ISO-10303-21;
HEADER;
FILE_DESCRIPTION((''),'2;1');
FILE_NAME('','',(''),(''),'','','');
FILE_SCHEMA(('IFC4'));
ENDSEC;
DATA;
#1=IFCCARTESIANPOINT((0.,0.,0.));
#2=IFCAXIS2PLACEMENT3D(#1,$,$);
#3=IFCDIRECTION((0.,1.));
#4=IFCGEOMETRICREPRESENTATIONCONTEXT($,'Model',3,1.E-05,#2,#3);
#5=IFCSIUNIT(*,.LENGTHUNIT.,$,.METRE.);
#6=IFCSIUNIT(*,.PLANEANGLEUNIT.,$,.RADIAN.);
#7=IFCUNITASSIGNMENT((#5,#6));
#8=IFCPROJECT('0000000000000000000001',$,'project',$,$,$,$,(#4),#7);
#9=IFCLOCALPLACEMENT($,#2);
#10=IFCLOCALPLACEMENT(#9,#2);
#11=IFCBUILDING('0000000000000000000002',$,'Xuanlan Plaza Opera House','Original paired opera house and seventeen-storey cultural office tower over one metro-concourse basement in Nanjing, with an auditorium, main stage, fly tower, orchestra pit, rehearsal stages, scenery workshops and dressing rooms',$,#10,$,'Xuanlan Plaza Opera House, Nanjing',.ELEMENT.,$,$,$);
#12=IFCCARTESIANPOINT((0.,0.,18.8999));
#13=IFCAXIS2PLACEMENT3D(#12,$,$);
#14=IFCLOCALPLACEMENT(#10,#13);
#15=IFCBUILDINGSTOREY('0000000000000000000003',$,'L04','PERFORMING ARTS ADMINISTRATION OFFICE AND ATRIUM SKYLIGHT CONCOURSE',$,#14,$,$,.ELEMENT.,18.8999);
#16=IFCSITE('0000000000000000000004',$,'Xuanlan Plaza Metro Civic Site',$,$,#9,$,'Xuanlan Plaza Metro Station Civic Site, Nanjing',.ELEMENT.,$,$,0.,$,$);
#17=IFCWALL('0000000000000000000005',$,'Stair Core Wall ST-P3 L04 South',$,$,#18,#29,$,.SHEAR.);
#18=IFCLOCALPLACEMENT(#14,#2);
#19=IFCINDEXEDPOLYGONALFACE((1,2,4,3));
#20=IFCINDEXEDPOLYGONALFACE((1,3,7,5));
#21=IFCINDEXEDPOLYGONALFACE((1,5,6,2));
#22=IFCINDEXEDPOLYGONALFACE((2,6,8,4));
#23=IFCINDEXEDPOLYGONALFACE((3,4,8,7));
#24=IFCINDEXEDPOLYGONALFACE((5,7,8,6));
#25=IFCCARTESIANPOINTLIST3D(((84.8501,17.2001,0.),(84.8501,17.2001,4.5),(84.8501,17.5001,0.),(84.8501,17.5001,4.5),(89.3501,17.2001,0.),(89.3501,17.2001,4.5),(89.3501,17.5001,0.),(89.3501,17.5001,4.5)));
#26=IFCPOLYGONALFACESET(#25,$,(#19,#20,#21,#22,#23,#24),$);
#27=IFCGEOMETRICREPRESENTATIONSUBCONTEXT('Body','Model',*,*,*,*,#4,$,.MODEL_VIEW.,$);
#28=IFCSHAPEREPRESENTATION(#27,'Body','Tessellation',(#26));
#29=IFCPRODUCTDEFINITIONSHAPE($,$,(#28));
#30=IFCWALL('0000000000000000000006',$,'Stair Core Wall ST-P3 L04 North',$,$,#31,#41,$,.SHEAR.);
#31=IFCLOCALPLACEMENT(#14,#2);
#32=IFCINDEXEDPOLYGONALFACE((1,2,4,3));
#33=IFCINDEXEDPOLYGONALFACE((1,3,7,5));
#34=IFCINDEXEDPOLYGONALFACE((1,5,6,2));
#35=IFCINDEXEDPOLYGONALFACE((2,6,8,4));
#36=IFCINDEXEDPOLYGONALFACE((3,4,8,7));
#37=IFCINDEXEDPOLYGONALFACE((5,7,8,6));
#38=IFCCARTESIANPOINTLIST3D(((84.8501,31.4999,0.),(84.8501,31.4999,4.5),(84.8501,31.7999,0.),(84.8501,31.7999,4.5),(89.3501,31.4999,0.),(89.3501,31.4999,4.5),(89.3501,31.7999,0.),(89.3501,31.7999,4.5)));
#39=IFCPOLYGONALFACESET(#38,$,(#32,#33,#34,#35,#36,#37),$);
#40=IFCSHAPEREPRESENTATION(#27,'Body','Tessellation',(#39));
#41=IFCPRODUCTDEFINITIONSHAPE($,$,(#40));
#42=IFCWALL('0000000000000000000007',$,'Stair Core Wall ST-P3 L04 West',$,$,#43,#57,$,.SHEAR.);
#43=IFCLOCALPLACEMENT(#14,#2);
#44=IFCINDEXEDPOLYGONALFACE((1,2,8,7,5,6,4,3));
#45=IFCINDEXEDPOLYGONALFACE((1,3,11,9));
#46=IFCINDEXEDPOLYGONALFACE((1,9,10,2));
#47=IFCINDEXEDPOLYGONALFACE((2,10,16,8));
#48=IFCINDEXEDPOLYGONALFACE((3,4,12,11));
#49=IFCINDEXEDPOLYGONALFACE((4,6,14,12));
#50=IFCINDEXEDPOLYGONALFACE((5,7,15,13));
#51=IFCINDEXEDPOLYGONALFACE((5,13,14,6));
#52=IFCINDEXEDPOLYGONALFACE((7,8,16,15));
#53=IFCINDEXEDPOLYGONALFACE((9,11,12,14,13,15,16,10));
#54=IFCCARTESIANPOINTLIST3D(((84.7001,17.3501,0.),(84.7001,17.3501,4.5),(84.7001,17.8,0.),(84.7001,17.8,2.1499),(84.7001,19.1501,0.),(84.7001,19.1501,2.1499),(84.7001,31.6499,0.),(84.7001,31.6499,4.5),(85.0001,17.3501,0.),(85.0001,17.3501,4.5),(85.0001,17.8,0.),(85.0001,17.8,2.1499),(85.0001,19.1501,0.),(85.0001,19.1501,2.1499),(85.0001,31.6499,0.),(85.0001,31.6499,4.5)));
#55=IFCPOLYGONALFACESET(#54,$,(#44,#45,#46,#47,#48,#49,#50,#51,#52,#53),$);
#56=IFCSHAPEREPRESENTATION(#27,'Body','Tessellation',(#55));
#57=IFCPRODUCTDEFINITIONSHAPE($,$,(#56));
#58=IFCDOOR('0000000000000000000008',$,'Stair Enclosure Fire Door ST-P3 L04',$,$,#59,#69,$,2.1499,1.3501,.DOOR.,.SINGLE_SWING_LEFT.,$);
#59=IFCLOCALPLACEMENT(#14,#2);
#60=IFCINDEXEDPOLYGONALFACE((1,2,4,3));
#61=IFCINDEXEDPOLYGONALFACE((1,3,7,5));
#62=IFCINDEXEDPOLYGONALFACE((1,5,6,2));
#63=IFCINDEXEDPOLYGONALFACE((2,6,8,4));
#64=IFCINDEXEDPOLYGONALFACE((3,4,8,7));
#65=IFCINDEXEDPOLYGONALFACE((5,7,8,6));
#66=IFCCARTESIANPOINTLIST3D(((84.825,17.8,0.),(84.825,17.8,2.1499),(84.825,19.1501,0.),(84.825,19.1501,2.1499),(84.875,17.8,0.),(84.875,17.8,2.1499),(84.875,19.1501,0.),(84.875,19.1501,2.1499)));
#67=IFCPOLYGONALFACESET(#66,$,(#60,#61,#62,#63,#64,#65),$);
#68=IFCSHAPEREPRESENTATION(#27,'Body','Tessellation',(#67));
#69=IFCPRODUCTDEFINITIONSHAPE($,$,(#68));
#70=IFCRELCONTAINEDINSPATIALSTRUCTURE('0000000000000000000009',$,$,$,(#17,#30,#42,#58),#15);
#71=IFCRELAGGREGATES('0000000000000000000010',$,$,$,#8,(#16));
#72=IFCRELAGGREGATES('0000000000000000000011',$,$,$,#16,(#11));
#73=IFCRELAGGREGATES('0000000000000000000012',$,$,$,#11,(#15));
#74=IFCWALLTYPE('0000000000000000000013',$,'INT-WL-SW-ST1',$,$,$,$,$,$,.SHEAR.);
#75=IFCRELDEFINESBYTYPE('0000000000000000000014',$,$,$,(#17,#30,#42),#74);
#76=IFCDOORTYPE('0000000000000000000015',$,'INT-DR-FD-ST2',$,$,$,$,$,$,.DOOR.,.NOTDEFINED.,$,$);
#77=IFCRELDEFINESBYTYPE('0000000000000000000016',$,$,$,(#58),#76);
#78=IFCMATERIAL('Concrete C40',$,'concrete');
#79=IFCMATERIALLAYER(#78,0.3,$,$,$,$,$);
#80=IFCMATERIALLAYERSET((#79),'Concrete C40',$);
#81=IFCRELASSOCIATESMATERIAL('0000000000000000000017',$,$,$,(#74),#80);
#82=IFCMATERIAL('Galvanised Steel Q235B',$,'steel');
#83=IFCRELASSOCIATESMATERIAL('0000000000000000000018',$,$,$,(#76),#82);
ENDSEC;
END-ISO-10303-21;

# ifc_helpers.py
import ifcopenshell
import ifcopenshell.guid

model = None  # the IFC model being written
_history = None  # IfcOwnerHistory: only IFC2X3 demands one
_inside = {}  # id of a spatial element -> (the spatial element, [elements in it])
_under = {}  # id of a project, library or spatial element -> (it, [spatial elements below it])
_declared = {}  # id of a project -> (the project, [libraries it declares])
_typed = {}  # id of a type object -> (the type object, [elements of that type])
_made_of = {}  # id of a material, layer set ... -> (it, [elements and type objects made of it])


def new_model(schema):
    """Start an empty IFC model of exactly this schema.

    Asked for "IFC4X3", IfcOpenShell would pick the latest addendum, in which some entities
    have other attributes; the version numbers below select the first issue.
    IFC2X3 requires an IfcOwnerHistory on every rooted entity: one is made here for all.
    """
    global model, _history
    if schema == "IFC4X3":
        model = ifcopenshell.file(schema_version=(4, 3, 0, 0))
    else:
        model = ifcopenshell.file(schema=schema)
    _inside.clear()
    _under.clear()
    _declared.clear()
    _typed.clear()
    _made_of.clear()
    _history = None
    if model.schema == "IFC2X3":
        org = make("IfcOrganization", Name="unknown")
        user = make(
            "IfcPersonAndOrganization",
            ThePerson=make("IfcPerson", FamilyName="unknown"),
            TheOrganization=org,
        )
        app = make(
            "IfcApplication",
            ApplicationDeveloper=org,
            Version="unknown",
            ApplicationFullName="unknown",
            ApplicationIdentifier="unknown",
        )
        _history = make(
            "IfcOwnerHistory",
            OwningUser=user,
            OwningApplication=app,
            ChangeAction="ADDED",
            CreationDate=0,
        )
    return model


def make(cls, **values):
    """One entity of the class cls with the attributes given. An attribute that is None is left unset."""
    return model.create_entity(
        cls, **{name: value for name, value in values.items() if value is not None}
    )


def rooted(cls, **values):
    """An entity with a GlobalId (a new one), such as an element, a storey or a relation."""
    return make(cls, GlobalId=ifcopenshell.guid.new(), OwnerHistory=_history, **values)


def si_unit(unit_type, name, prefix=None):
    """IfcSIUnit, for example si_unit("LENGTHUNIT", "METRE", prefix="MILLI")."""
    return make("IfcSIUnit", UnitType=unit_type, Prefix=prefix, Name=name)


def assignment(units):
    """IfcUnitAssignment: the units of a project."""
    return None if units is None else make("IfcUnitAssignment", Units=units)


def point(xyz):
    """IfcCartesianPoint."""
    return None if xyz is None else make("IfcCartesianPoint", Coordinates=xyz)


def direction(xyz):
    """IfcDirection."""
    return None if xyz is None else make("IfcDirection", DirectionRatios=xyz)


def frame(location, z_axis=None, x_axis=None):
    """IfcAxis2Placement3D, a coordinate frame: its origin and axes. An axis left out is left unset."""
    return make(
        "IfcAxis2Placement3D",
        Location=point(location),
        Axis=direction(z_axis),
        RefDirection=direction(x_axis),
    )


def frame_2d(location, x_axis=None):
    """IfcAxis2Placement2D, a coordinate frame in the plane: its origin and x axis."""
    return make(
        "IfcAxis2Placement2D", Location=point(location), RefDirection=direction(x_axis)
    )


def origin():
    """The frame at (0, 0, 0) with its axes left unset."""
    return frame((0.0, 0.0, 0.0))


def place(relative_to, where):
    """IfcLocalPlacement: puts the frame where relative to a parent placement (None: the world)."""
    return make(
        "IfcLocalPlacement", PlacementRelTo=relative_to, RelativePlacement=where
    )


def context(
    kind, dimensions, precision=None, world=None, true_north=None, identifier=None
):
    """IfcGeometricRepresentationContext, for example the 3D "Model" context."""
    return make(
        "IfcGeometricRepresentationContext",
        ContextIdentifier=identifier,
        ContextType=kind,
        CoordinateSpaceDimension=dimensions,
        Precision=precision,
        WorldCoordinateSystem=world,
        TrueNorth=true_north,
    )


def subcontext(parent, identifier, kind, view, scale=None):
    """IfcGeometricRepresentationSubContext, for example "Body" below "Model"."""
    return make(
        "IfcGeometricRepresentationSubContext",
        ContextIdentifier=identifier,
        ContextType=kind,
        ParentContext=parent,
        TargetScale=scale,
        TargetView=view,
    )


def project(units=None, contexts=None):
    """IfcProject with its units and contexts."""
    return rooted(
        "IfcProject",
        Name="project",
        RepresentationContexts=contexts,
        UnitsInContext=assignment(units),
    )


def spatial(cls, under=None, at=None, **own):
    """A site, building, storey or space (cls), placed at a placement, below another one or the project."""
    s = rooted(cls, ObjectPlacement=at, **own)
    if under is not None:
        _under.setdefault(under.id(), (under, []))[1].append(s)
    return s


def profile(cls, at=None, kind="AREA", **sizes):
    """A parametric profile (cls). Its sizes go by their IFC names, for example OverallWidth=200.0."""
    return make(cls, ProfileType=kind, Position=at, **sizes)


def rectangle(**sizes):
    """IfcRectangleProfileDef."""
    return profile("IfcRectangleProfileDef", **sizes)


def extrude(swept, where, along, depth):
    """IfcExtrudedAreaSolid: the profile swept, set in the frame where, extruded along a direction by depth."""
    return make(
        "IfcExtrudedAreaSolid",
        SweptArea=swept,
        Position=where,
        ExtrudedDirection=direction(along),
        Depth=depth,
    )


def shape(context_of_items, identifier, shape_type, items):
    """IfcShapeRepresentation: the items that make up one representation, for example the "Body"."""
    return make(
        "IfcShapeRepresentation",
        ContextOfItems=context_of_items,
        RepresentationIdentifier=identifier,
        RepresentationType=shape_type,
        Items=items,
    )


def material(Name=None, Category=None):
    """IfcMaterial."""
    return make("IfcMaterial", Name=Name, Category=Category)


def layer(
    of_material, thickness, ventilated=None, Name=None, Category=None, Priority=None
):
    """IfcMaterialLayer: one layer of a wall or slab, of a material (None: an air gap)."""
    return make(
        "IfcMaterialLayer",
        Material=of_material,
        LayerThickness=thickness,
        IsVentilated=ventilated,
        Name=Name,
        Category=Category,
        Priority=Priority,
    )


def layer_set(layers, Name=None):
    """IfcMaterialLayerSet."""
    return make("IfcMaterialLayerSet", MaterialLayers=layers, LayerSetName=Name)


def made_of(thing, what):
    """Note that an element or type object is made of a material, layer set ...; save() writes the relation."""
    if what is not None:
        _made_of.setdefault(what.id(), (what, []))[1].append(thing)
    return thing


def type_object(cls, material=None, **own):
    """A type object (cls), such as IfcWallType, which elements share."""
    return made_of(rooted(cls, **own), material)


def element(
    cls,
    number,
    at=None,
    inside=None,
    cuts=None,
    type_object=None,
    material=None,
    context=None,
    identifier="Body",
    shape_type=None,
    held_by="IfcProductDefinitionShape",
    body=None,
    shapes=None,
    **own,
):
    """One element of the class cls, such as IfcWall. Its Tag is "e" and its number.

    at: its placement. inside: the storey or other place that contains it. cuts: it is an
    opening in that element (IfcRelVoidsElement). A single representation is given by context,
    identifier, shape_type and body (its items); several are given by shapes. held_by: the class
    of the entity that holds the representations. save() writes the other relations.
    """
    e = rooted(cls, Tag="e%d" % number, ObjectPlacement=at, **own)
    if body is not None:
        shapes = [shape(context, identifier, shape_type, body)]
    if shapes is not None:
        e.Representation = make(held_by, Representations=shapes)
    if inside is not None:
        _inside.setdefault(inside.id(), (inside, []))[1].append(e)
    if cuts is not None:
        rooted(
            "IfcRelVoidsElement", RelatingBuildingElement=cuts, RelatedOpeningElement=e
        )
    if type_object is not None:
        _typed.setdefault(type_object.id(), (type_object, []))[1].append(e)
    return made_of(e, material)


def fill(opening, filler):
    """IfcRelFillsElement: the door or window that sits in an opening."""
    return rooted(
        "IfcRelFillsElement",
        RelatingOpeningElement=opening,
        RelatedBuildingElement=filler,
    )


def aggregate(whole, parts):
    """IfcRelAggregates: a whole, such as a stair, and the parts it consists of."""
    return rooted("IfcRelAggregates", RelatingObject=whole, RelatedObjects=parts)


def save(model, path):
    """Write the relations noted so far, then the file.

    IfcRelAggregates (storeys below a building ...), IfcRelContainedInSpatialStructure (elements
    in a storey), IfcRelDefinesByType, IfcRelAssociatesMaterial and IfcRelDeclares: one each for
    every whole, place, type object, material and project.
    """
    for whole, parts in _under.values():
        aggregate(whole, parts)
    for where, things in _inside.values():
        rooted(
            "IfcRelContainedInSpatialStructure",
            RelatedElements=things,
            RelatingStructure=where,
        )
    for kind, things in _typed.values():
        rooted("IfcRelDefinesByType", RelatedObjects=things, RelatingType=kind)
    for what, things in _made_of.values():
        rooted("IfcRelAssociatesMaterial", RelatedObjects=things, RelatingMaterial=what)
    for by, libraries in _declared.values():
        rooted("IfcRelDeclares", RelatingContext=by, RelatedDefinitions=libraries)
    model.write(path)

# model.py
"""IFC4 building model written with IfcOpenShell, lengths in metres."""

from ifc_helpers import new_model, si_unit, direction, frame, frame_2d, origin, place, context, subcontext, project, spatial, rectangle, extrude, material, layer, layer_set, type_object, element, fill, save


model = new_model("IFC4")

# Units and contexts
model_context = context("Model", 3, precision=1e-05, world=origin(), true_north=direction((0.0, 1.0)))
body_context = subcontext(model_context, "Body", "Model", "MODEL_VIEW")
ifc_project = project(units=[si_unit("LENGTHUNIT", "METRE"), si_unit("PLANEANGLEUNIT", "RADIAN")], contexts=[model_context])

# Site, building, storey
site_placement = place(None, origin())
site = spatial("IfcSite", under=ifc_project, at=site_placement, Name="Xuanlan Plaza Metro Civic Site", LongName="Xuanlan Plaza Metro Station Civic Site, Nanjing", CompositionType="ELEMENT", RefElevation=0.0)
building_placement = place(site_placement, origin())
building = spatial("IfcBuilding", under=site, at=building_placement, Name="Xuanlan Plaza Opera House", Description="Original paired opera house and seventeen-storey cultural office tower over one metro-concourse basement in Nanjing, with an auditorium, main stage, fly tower, orchestra pit, rehearsal stages, scenery workshops and dressing rooms", LongName="Xuanlan Plaza Opera House, Nanjing", CompositionType="ELEMENT")
storey_placement = place(building_placement, frame((0.0, 0.0, 18.8999)))
storey = spatial("IfcBuildingStorey", under=building, at=storey_placement, Name="L04", Description="PERFORMING ARTS ADMINISTRATION OFFICE AND ATRIUM SKYLIGHT CONCOURSE", CompositionType="ELEMENT", Elevation=18.8999)

# Shared definitions
ifc_material_1 = material(Name="Concrete C40", Category="concrete")

# Walls
ifc_layer_1 = layer(ifc_material_1, 0.3)
ifc_layer_set_1 = layer_set([ifc_layer_1], Name="Concrete C40")
wall_type_1 = type_object("IfcWallType", Name="INT-WL-SW-ST1", PredefinedType="SHEAR", material=ifc_layer_set_1)
for number, where, z_axis, x_axis, name in (
    (1, (84.8501, 17.3501, 0.0), (0.0, 0.0, 1.0), (1.0, 0.0, 0.0), "Stair Core Wall ST-P3 L04 South"),
    (2, (84.8501, 31.6499, 0.0), (0.0, 0.0, 1.0), (1.0, 0.0, 0.0), "Stair Core Wall ST-P3 L04 North"),
):
    element("IfcWall", number, at=place(storey_placement, frame(where, z_axis=z_axis, x_axis=x_axis)), inside=storey, type_object=wall_type_1, Name=name, PredefinedType="SHEAR", context=body_context, shape_type="SweptSolid", body=[
        extrude(rectangle(XDim=4.5, YDim=0.3, at=frame_2d((2.25, 0.0))), origin(), (0.0, 0.0, 1.0), 4.5),
    ])

# Wall, opening, door
wall_1_placement = place(storey_placement, frame((84.8501, 17.3501, 0.0), z_axis=(0.0, 0.0, 1.0), x_axis=(0.0, 1.0, 0.0)))
wall_1 = element("IfcWall", 3, at=wall_1_placement, inside=storey, type_object=wall_type_1, Name="Stair Core Wall ST-P3 L04 West", PredefinedType="SHEAR", context=body_context, shape_type="SweptSolid", body=[
    extrude(rectangle(XDim=14.2998, YDim=0.3, at=frame_2d((7.1499, 0.0))), origin(), (0.0, 0.0, 1.0), 4.5),
])
opening_1_placement = place(wall_1_placement, frame((0.45, 0.0, 0.0)))
opening_1 = element("IfcOpeningElement", 4, at=opening_1_placement, cuts=wall_1, PredefinedType="OPENING", context=body_context, shape_type="SweptSolid", body=[
    extrude(rectangle(XDim=1.3501, YDim=2.1499, at=frame_2d((0.675, 1.075))), frame((0.0, 0.1599, 0.0), z_axis=(0.0, -1.0, 0.0), x_axis=(1.0, 0.0, 0.0)), (0.0, 0.0, 1.0), 0.3201),
])
ifc_material_2 = material(Name="Galvanised Steel Q235B", Category="steel")
door_type_1 = type_object("IfcDoorType", Name="INT-DR-FD-ST2", OperationType="NOTDEFINED", PredefinedType="DOOR", material=ifc_material_2)
door_1_placement = place(opening_1_placement, frame((1.3501, 0.0, 0.0), z_axis=(0.0, 0.0, 1.0), x_axis=(-1.0, 0.0, 0.0)))
door_1 = element("IfcDoor", 5, at=door_1_placement, inside=storey, type_object=door_type_1, Name="Stair Enclosure Fire Door ST-P3 L04", OperationType="SINGLE_SWING_LEFT", OverallHeight=2.1499, OverallWidth=1.3501, PredefinedType="DOOR", context=body_context, shape_type="SweptSolid", body=[
    extrude(rectangle(XDim=1.3501, YDim=2.1499, at=frame_2d((0.675, 1.075))), frame((0.0, 0.0249, 0.0), z_axis=(0.0, -1.0, 0.0), x_axis=(1.0, 0.0, 0.0)), (0.0, 0.0, 1.0), 0.05),
])
fill(opening_1, door_1)

save(model, "model.ifc")
